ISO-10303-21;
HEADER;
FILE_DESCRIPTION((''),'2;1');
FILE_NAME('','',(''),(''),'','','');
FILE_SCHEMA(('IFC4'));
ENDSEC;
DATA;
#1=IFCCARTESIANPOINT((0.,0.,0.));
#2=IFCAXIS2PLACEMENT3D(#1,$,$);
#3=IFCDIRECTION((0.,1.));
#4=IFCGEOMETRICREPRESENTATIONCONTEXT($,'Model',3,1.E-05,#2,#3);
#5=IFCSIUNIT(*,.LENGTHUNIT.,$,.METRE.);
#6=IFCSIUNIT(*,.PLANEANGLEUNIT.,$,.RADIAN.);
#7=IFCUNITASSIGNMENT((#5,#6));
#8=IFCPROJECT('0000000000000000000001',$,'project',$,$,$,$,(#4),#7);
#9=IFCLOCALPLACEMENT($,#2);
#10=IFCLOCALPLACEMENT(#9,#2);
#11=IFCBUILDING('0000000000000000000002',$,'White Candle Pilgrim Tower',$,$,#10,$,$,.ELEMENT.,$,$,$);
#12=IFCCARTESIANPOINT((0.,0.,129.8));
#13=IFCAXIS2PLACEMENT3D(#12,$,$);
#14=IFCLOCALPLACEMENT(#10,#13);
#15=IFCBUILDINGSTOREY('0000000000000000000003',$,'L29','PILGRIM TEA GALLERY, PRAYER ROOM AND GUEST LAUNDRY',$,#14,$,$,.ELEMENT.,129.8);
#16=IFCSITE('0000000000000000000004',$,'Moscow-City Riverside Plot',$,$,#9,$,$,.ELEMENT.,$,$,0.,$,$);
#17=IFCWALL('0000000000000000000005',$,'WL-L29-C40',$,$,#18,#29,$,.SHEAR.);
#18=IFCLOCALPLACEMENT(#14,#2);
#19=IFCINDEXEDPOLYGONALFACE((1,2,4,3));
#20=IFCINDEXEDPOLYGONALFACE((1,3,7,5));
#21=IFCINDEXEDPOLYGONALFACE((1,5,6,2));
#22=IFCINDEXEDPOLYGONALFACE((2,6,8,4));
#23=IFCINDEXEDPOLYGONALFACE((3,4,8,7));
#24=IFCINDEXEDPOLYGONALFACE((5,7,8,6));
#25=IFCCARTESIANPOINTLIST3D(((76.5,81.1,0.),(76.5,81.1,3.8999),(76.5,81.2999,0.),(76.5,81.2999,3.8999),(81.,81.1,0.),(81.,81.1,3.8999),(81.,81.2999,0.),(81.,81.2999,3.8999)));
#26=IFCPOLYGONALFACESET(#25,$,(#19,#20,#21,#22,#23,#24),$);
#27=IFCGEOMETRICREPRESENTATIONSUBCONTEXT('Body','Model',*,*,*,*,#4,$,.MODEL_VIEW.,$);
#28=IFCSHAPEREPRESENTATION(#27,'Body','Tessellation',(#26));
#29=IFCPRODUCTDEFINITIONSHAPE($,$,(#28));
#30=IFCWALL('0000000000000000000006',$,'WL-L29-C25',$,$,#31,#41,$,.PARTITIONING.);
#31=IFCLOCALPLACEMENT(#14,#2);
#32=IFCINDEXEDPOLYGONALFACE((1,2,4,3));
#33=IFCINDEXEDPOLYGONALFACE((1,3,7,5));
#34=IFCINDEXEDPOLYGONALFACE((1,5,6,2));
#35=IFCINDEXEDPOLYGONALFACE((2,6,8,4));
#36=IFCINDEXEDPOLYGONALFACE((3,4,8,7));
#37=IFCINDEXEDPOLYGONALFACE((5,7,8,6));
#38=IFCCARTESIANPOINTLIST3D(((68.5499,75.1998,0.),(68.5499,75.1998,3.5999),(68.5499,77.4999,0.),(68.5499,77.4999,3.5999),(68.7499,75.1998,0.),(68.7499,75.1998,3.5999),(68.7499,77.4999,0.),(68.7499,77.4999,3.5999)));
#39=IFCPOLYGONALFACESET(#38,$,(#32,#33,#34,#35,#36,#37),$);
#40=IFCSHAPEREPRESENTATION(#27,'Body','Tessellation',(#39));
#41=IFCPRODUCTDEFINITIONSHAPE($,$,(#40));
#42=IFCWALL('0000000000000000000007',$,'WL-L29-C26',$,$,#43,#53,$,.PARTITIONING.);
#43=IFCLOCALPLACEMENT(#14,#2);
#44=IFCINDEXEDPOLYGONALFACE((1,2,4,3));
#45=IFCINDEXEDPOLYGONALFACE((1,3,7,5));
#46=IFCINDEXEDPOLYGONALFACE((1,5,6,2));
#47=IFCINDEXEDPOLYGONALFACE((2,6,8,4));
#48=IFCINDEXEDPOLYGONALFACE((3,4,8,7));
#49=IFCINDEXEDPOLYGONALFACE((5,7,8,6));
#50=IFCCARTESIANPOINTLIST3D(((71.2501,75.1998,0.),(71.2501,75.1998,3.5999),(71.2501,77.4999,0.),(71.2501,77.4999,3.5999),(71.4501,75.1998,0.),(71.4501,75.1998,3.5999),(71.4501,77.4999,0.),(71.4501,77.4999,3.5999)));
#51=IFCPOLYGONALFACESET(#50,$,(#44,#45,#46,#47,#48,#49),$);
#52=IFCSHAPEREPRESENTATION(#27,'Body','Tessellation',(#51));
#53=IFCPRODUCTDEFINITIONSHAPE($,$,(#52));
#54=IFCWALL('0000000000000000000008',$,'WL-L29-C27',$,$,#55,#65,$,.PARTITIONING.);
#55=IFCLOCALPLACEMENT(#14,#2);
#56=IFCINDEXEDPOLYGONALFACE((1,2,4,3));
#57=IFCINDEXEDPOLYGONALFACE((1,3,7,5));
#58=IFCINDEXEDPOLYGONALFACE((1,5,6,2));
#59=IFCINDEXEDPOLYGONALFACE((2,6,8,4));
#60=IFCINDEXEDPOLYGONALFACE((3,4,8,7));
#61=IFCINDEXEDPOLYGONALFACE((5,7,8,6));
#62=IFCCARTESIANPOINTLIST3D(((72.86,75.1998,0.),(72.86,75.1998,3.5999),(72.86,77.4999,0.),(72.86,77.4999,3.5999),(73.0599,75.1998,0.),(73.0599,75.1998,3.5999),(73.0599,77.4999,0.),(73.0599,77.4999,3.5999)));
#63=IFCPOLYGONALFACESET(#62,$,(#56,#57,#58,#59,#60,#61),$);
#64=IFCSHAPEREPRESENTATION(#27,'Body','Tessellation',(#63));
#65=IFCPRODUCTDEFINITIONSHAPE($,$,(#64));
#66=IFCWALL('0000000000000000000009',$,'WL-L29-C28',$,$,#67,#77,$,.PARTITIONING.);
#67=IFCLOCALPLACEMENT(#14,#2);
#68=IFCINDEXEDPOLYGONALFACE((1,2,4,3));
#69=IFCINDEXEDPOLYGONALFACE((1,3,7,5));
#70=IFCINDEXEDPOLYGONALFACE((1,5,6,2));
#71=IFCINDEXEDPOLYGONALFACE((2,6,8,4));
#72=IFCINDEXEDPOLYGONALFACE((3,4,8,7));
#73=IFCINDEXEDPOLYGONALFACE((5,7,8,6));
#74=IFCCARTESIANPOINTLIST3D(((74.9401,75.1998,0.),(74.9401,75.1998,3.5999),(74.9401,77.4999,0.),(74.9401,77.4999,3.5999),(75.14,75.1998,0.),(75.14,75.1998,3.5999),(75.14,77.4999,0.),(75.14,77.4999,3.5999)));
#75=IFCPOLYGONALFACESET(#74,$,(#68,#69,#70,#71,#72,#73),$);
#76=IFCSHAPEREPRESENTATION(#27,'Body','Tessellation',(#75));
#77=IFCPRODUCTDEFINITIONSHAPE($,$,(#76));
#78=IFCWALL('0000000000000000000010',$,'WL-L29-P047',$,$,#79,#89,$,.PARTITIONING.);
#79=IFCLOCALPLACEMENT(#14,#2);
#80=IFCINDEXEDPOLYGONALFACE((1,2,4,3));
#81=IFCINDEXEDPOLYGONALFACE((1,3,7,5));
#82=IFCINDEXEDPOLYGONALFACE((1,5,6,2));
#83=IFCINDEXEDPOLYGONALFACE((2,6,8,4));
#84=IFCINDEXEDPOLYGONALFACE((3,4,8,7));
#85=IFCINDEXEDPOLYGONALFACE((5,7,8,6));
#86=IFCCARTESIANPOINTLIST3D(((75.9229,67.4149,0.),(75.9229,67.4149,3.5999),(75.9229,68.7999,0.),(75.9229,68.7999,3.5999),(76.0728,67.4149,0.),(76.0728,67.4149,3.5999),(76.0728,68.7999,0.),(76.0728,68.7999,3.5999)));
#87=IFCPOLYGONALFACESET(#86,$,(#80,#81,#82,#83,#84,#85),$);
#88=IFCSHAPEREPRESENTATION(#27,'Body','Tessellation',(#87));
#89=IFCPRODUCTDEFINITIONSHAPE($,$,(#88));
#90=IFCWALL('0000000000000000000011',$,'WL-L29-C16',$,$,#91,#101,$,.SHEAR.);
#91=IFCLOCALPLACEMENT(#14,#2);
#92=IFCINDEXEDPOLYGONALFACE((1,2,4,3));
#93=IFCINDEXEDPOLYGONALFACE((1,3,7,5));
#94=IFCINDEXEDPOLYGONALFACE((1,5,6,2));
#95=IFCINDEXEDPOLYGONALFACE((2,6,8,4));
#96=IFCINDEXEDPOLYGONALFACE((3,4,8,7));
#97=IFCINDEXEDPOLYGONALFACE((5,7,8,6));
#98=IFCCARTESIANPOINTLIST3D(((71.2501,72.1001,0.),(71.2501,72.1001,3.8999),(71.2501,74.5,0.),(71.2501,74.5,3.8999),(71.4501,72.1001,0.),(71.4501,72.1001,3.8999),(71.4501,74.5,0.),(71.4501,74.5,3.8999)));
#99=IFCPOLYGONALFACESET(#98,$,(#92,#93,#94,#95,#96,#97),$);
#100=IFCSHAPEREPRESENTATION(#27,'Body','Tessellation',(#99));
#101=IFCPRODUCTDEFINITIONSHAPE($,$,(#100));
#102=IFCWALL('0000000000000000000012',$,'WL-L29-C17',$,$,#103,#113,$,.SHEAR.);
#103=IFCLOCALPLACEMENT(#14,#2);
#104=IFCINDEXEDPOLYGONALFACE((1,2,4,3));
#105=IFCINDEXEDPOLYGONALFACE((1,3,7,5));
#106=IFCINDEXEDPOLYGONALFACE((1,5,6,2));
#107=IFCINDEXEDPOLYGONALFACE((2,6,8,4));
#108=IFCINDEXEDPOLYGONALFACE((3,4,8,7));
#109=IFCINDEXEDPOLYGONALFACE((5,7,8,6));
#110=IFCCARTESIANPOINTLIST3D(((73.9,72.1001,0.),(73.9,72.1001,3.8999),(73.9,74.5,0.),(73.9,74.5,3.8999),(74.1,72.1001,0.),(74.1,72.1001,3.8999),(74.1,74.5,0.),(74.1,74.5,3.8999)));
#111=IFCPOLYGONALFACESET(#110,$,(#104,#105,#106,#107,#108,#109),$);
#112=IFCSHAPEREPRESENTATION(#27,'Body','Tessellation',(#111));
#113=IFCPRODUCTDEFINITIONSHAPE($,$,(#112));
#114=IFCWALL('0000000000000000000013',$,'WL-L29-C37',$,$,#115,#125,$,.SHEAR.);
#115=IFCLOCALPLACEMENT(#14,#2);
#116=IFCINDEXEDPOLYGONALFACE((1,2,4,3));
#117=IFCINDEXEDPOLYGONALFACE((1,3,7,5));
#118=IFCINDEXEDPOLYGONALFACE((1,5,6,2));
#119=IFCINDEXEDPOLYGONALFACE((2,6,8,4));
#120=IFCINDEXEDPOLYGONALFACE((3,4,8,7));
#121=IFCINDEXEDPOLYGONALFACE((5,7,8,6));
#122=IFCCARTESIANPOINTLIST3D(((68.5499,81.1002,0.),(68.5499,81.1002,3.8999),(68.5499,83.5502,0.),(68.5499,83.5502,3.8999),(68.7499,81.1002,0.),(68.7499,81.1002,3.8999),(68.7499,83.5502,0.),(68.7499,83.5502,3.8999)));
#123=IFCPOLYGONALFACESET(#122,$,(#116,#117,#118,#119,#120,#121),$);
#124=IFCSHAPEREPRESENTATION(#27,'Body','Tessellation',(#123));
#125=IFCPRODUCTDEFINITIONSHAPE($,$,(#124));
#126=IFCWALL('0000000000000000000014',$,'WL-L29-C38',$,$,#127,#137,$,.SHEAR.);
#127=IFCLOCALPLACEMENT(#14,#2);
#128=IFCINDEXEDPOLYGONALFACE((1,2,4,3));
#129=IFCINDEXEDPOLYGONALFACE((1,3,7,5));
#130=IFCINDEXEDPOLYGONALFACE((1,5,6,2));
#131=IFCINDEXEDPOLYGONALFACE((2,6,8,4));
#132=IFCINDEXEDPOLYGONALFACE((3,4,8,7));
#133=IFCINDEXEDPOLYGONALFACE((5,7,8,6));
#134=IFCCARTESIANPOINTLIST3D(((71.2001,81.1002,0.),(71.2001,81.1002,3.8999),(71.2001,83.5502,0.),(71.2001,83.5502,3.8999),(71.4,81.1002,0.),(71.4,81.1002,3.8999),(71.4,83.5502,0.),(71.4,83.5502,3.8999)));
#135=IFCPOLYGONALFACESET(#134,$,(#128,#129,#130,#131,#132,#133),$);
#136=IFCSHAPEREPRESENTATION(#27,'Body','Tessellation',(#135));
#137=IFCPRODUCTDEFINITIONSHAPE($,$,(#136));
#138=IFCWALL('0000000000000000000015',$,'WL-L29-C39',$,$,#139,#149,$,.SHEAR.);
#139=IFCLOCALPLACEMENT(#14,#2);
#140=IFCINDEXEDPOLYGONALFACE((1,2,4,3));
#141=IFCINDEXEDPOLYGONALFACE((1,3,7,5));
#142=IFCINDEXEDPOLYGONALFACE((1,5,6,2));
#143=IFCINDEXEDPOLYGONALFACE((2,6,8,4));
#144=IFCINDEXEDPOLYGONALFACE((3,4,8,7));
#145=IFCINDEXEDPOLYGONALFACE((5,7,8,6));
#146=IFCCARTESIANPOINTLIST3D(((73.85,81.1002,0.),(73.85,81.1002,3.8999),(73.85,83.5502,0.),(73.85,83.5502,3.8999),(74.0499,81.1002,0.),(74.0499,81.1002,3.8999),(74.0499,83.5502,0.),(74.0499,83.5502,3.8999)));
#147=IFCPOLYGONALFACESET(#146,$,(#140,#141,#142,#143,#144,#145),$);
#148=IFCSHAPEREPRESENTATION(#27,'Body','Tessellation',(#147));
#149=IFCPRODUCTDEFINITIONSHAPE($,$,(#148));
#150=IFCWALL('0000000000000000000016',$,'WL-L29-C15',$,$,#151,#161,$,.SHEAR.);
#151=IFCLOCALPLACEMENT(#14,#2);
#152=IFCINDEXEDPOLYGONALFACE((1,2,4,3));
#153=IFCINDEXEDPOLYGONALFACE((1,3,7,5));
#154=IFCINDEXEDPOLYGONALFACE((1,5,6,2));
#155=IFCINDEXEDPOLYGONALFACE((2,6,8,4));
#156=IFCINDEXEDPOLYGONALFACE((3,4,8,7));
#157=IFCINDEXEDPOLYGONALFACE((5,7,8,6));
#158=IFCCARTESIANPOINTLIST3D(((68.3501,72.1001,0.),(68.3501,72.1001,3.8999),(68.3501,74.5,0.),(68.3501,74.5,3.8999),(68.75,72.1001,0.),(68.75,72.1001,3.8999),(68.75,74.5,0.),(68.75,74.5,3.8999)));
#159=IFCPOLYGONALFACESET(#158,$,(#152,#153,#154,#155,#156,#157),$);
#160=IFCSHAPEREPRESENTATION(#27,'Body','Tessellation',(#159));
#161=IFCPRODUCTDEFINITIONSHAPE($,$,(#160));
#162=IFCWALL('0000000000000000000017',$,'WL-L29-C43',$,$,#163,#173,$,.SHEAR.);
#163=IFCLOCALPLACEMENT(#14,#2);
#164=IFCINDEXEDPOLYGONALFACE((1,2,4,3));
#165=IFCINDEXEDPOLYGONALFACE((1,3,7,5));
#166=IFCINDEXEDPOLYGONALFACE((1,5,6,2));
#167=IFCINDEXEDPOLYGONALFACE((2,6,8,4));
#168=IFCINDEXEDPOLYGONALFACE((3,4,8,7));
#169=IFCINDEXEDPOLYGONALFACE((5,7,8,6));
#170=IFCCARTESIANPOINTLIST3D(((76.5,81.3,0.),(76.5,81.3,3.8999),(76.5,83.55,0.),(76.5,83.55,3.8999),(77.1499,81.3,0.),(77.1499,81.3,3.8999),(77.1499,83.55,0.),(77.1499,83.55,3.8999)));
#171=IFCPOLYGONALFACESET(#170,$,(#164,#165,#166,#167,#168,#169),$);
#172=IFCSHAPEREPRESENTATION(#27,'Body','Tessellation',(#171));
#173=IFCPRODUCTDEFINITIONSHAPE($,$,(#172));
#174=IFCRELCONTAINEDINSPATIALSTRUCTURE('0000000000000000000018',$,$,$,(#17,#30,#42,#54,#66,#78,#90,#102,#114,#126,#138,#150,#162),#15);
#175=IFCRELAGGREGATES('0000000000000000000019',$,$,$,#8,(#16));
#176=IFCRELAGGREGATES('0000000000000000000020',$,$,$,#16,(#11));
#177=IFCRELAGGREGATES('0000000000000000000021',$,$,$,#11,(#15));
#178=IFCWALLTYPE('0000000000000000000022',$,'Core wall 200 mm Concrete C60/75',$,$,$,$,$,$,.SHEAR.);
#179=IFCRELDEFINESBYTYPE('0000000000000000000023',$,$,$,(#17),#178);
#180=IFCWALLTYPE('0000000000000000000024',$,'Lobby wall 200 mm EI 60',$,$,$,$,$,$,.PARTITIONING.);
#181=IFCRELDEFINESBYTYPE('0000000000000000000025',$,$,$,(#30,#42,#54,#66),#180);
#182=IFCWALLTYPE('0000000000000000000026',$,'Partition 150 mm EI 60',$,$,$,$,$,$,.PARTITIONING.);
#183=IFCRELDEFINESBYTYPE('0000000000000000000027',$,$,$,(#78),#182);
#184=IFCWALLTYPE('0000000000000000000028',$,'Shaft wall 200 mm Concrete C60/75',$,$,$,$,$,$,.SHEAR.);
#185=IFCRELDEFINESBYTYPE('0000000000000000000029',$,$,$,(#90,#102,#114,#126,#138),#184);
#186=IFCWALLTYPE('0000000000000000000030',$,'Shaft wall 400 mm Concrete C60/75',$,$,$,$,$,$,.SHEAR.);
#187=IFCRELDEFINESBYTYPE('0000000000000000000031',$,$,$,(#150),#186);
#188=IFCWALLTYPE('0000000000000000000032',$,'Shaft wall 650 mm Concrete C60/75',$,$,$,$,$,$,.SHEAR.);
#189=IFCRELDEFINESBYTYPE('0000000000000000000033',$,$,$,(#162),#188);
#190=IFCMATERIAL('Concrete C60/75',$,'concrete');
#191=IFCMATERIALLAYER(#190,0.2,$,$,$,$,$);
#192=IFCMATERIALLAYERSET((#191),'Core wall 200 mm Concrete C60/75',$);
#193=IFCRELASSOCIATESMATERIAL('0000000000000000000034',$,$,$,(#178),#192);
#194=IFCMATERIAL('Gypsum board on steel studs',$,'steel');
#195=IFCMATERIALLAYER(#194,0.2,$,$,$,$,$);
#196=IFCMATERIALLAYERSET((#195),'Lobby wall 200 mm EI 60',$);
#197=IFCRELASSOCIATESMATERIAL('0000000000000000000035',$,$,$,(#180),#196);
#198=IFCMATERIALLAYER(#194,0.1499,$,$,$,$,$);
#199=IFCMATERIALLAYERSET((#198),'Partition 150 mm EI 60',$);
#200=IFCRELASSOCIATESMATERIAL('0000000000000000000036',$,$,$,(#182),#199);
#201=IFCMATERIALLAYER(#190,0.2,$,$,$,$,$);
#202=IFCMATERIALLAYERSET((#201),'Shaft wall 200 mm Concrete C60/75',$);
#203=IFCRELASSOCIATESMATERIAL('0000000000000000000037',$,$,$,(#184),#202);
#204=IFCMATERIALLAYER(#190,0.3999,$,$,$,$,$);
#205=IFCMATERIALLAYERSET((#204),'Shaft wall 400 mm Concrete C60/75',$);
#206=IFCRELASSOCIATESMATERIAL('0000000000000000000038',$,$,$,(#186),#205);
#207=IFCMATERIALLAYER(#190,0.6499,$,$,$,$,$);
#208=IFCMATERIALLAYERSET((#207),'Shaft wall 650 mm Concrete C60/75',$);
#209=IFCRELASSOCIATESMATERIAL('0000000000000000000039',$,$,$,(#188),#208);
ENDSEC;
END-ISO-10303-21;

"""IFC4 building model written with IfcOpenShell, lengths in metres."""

from ifc_helpers import new_model, si_unit, direction, frame, frame_2d, origin, place, context, subcontext, project, spatial, rectangle, extrude, material, layer, layer_set, type_object, element, save


model = new_model("IFC4")

# Units and contexts
model_context = context("Model", 3, precision=1e-05, world=origin(), true_north=direction((0.0, 1.0)))
body_context = subcontext(model_context, "Body", "Model", "MODEL_VIEW")
ifc_project = project(units=[si_unit("LENGTHUNIT", "METRE"), si_unit("PLANEANGLEUNIT", "RADIAN")], contexts=[model_context])

# Site, building, storey
site_placement = place(None, origin())
site = spatial("IfcSite", under=ifc_project, at=site_placement, Name="Moscow-City Riverside Plot", CompositionType="ELEMENT", RefElevation=0.0)
building_placement = place(site_placement, origin())
building = spatial("IfcBuilding", under=site, at=building_placement, Name="White Candle Pilgrim Tower", CompositionType="ELEMENT")
storey_placement = place(building_placement, frame((0.0, 0.0, 129.8)))
storey = spatial("IfcBuildingStorey", under=building, at=storey_placement, Name="L29", Description="PILGRIM TEA GALLERY, PRAYER ROOM AND GUEST LAUNDRY", CompositionType="ELEMENT", Elevation=129.8)

# Walls
ifc_material_1 = material(Name="Concrete C60/75", Category="concrete")
ifc_layer_1 = layer(ifc_material_1, 0.2)
ifc_layer_set_1 = layer_set([ifc_layer_1], Name="Core wall 200 mm Concrete C60/75")
wall_type_1 = type_object("IfcWallType", Name="Core wall 200 mm Concrete C60/75", PredefinedType="SHEAR", material=ifc_layer_set_1)
wall_1_placement = place(storey_placement, frame((76.5, 81.2, 0.0), z_axis=(0.0, 0.0, 1.0), x_axis=(1.0, 0.0, 0.0)))
element("IfcWall", 1, at=wall_1_placement, inside=storey, type_object=wall_type_1, Name="WL-L29-C40", PredefinedType="SHEAR", context=body_context, shape_type="SweptSolid", body=[
    extrude(rectangle(XDim=4.5, YDim=0.2, at=frame_2d((2.25, 0.0))), origin(), (0.0, 0.0, 1.0), 3.8999),
])
ifc_material_2 = material(Name="Gypsum board on steel studs", Category="steel")
ifc_layer_2 = layer(ifc_material_2, 0.2)
ifc_layer_set_2 = layer_set([ifc_layer_2], Name="Lobby wall 200 mm EI 60")
wall_type_2 = type_object("IfcWallType", Name="Lobby wall 200 mm EI 60", PredefinedType="PARTITIONING", material=ifc_layer_set_2)
for number, where, z_axis, x_axis, name in (
    (2, (68.6499, 75.2, 0.0), (0.0, 0.0, 1.0), (0.0, 1.0, 0.0), "WL-L29-C25"),
    (3, (71.3501, 75.2, 0.0), (0.0, 0.0, 1.0), (0.0, 1.0, 0.0), "WL-L29-C26"),
    (4, (72.96, 75.2, 0.0), (0.0, 0.0, 1.0), (0.0, 1.0, 0.0), "WL-L29-C27"),
    (5, (75.04, 75.2, 0.0), (0.0, 0.0, 1.0), (0.0, 1.0, 0.0), "WL-L29-C28"),
):
    element("IfcWall", number, at=place(storey_placement, frame(where, z_axis=z_axis, x_axis=x_axis)), inside=storey, type_object=wall_type_2, Name=name, PredefinedType="PARTITIONING", context=body_context, shape_type="SweptSolid", body=[
        extrude(rectangle(XDim=2.3, YDim=0.2, at=frame_2d((1.1499, 0.0))), origin(), (0.0, 0.0, 1.0), 3.5999),
    ])
ifc_layer_3 = layer(ifc_material_2, 0.1499)
ifc_layer_set_3 = layer_set([ifc_layer_3], Name="Partition 150 mm EI 60")
wall_type_3 = type_object("IfcWallType", Name="Partition 150 mm EI 60", PredefinedType="PARTITIONING", material=ifc_layer_set_3)
wall_2_placement = place(storey_placement, frame((75.9978, 67.415, 0.0), z_axis=(0.0, 0.0, 1.0), x_axis=(0.0, 1.0, 0.0)))
element("IfcWall", 6, at=wall_2_placement, inside=storey, type_object=wall_type_3, Name="WL-L29-P047", PredefinedType="PARTITIONING", context=body_context, shape_type="SweptSolid", body=[
    extrude(rectangle(XDim=1.385, YDim=0.1499, at=frame_2d((0.6924, 0.0))), origin(), (0.0, 0.0, 1.0), 3.5999),
])
ifc_layer_4 = layer(ifc_material_1, 0.2)
ifc_layer_set_4 = layer_set([ifc_layer_4], Name="Shaft wall 200 mm Concrete C60/75")
wall_type_4 = type_object("IfcWallType", Name="Shaft wall 200 mm Concrete C60/75", PredefinedType="SHEAR", material=ifc_layer_set_4)
for number, where, z_axis, x_axis, name in (
    (7, (71.3501, 72.1001, 0.0), (0.0, 0.0, 1.0), (0.0, 1.0, 0.0), "WL-L29-C16"),
    (8, (74.0, 72.1001, 0.0), (0.0, 0.0, 1.0), (0.0, 1.0, 0.0), "WL-L29-C17"),
):
    element("IfcWall", number, at=place(storey_placement, frame(where, z_axis=z_axis, x_axis=x_axis)), inside=storey, type_object=wall_type_4, Name=name, PredefinedType="SHEAR", context=body_context, shape_type="SweptSolid", body=[
        extrude(rectangle(XDim=2.3999, YDim=0.2, at=frame_2d((1.2, 0.0))), origin(), (0.0, 0.0, 1.0), 3.8999),
    ])
for number, where, z_axis, x_axis, name in (
    (9, (68.6499, 81.1001, 0.0), (0.0, 0.0, 1.0), (0.0, 1.0, 0.0), "WL-L29-C37"),
    (10, (71.3, 81.1001, 0.0), (0.0, 0.0, 1.0), (0.0, 1.0, 0.0), "WL-L29-C38"),
    (11, (73.95, 81.1001, 0.0), (0.0, 0.0, 1.0), (0.0, 1.0, 0.0), "WL-L29-C39"),
):
    element("IfcWall", number, at=place(storey_placement, frame(where, z_axis=z_axis, x_axis=x_axis)), inside=storey, type_object=wall_type_4, Name=name, PredefinedType="SHEAR", context=body_context, shape_type="SweptSolid", body=[
        extrude(rectangle(XDim=2.45, YDim=0.2, at=frame_2d((1.2251, 0.0))), origin(), (0.0, 0.0, 1.0), 3.8999),
    ])
ifc_layer_5 = layer(ifc_material_1, 0.3999)
ifc_layer_set_5 = layer_set([ifc_layer_5], Name="Shaft wall 400 mm Concrete C60/75")
wall_type_5 = type_object("IfcWallType", Name="Shaft wall 400 mm Concrete C60/75", PredefinedType="SHEAR", material=ifc_layer_set_5)
wall_3_placement = place(storey_placement, frame((68.55, 72.1001, 0.0), z_axis=(0.0, 0.0, 1.0), x_axis=(0.0, 1.0, 0.0)))
element("IfcWall", 12, at=wall_3_placement, inside=storey, type_object=wall_type_5, Name="WL-L29-C15", PredefinedType="SHEAR", context=body_context, shape_type="SweptSolid", body=[
    extrude(rectangle(XDim=2.3999, YDim=0.3999, at=frame_2d((1.2, 0.0))), origin(), (0.0, 0.0, 1.0), 3.8999),
])
ifc_layer_6 = layer(ifc_material_1, 0.6499)
ifc_layer_set_6 = layer_set([ifc_layer_6], Name="Shaft wall 650 mm Concrete C60/75")
wall_type_6 = type_object("IfcWallType", Name="Shaft wall 650 mm Concrete C60/75", PredefinedType="SHEAR", material=ifc_layer_set_6)
wall_4_placement = place(storey_placement, frame((76.825, 81.3, 0.0), z_axis=(0.0, 0.0, 1.0), x_axis=(0.0, 1.0, 0.0)))
element("IfcWall", 13, at=wall_4_placement, inside=storey, type_object=wall_type_6, Name="WL-L29-C43", PredefinedType="SHEAR", context=body_context, shape_type="SweptSolid", body=[
    extrude(rectangle(XDim=2.25, YDim=0.6499, at=frame_2d((1.125, 0.0))), origin(), (0.0, 0.0, 1.0), 3.8999),
])

save(model, "model.ifc")
